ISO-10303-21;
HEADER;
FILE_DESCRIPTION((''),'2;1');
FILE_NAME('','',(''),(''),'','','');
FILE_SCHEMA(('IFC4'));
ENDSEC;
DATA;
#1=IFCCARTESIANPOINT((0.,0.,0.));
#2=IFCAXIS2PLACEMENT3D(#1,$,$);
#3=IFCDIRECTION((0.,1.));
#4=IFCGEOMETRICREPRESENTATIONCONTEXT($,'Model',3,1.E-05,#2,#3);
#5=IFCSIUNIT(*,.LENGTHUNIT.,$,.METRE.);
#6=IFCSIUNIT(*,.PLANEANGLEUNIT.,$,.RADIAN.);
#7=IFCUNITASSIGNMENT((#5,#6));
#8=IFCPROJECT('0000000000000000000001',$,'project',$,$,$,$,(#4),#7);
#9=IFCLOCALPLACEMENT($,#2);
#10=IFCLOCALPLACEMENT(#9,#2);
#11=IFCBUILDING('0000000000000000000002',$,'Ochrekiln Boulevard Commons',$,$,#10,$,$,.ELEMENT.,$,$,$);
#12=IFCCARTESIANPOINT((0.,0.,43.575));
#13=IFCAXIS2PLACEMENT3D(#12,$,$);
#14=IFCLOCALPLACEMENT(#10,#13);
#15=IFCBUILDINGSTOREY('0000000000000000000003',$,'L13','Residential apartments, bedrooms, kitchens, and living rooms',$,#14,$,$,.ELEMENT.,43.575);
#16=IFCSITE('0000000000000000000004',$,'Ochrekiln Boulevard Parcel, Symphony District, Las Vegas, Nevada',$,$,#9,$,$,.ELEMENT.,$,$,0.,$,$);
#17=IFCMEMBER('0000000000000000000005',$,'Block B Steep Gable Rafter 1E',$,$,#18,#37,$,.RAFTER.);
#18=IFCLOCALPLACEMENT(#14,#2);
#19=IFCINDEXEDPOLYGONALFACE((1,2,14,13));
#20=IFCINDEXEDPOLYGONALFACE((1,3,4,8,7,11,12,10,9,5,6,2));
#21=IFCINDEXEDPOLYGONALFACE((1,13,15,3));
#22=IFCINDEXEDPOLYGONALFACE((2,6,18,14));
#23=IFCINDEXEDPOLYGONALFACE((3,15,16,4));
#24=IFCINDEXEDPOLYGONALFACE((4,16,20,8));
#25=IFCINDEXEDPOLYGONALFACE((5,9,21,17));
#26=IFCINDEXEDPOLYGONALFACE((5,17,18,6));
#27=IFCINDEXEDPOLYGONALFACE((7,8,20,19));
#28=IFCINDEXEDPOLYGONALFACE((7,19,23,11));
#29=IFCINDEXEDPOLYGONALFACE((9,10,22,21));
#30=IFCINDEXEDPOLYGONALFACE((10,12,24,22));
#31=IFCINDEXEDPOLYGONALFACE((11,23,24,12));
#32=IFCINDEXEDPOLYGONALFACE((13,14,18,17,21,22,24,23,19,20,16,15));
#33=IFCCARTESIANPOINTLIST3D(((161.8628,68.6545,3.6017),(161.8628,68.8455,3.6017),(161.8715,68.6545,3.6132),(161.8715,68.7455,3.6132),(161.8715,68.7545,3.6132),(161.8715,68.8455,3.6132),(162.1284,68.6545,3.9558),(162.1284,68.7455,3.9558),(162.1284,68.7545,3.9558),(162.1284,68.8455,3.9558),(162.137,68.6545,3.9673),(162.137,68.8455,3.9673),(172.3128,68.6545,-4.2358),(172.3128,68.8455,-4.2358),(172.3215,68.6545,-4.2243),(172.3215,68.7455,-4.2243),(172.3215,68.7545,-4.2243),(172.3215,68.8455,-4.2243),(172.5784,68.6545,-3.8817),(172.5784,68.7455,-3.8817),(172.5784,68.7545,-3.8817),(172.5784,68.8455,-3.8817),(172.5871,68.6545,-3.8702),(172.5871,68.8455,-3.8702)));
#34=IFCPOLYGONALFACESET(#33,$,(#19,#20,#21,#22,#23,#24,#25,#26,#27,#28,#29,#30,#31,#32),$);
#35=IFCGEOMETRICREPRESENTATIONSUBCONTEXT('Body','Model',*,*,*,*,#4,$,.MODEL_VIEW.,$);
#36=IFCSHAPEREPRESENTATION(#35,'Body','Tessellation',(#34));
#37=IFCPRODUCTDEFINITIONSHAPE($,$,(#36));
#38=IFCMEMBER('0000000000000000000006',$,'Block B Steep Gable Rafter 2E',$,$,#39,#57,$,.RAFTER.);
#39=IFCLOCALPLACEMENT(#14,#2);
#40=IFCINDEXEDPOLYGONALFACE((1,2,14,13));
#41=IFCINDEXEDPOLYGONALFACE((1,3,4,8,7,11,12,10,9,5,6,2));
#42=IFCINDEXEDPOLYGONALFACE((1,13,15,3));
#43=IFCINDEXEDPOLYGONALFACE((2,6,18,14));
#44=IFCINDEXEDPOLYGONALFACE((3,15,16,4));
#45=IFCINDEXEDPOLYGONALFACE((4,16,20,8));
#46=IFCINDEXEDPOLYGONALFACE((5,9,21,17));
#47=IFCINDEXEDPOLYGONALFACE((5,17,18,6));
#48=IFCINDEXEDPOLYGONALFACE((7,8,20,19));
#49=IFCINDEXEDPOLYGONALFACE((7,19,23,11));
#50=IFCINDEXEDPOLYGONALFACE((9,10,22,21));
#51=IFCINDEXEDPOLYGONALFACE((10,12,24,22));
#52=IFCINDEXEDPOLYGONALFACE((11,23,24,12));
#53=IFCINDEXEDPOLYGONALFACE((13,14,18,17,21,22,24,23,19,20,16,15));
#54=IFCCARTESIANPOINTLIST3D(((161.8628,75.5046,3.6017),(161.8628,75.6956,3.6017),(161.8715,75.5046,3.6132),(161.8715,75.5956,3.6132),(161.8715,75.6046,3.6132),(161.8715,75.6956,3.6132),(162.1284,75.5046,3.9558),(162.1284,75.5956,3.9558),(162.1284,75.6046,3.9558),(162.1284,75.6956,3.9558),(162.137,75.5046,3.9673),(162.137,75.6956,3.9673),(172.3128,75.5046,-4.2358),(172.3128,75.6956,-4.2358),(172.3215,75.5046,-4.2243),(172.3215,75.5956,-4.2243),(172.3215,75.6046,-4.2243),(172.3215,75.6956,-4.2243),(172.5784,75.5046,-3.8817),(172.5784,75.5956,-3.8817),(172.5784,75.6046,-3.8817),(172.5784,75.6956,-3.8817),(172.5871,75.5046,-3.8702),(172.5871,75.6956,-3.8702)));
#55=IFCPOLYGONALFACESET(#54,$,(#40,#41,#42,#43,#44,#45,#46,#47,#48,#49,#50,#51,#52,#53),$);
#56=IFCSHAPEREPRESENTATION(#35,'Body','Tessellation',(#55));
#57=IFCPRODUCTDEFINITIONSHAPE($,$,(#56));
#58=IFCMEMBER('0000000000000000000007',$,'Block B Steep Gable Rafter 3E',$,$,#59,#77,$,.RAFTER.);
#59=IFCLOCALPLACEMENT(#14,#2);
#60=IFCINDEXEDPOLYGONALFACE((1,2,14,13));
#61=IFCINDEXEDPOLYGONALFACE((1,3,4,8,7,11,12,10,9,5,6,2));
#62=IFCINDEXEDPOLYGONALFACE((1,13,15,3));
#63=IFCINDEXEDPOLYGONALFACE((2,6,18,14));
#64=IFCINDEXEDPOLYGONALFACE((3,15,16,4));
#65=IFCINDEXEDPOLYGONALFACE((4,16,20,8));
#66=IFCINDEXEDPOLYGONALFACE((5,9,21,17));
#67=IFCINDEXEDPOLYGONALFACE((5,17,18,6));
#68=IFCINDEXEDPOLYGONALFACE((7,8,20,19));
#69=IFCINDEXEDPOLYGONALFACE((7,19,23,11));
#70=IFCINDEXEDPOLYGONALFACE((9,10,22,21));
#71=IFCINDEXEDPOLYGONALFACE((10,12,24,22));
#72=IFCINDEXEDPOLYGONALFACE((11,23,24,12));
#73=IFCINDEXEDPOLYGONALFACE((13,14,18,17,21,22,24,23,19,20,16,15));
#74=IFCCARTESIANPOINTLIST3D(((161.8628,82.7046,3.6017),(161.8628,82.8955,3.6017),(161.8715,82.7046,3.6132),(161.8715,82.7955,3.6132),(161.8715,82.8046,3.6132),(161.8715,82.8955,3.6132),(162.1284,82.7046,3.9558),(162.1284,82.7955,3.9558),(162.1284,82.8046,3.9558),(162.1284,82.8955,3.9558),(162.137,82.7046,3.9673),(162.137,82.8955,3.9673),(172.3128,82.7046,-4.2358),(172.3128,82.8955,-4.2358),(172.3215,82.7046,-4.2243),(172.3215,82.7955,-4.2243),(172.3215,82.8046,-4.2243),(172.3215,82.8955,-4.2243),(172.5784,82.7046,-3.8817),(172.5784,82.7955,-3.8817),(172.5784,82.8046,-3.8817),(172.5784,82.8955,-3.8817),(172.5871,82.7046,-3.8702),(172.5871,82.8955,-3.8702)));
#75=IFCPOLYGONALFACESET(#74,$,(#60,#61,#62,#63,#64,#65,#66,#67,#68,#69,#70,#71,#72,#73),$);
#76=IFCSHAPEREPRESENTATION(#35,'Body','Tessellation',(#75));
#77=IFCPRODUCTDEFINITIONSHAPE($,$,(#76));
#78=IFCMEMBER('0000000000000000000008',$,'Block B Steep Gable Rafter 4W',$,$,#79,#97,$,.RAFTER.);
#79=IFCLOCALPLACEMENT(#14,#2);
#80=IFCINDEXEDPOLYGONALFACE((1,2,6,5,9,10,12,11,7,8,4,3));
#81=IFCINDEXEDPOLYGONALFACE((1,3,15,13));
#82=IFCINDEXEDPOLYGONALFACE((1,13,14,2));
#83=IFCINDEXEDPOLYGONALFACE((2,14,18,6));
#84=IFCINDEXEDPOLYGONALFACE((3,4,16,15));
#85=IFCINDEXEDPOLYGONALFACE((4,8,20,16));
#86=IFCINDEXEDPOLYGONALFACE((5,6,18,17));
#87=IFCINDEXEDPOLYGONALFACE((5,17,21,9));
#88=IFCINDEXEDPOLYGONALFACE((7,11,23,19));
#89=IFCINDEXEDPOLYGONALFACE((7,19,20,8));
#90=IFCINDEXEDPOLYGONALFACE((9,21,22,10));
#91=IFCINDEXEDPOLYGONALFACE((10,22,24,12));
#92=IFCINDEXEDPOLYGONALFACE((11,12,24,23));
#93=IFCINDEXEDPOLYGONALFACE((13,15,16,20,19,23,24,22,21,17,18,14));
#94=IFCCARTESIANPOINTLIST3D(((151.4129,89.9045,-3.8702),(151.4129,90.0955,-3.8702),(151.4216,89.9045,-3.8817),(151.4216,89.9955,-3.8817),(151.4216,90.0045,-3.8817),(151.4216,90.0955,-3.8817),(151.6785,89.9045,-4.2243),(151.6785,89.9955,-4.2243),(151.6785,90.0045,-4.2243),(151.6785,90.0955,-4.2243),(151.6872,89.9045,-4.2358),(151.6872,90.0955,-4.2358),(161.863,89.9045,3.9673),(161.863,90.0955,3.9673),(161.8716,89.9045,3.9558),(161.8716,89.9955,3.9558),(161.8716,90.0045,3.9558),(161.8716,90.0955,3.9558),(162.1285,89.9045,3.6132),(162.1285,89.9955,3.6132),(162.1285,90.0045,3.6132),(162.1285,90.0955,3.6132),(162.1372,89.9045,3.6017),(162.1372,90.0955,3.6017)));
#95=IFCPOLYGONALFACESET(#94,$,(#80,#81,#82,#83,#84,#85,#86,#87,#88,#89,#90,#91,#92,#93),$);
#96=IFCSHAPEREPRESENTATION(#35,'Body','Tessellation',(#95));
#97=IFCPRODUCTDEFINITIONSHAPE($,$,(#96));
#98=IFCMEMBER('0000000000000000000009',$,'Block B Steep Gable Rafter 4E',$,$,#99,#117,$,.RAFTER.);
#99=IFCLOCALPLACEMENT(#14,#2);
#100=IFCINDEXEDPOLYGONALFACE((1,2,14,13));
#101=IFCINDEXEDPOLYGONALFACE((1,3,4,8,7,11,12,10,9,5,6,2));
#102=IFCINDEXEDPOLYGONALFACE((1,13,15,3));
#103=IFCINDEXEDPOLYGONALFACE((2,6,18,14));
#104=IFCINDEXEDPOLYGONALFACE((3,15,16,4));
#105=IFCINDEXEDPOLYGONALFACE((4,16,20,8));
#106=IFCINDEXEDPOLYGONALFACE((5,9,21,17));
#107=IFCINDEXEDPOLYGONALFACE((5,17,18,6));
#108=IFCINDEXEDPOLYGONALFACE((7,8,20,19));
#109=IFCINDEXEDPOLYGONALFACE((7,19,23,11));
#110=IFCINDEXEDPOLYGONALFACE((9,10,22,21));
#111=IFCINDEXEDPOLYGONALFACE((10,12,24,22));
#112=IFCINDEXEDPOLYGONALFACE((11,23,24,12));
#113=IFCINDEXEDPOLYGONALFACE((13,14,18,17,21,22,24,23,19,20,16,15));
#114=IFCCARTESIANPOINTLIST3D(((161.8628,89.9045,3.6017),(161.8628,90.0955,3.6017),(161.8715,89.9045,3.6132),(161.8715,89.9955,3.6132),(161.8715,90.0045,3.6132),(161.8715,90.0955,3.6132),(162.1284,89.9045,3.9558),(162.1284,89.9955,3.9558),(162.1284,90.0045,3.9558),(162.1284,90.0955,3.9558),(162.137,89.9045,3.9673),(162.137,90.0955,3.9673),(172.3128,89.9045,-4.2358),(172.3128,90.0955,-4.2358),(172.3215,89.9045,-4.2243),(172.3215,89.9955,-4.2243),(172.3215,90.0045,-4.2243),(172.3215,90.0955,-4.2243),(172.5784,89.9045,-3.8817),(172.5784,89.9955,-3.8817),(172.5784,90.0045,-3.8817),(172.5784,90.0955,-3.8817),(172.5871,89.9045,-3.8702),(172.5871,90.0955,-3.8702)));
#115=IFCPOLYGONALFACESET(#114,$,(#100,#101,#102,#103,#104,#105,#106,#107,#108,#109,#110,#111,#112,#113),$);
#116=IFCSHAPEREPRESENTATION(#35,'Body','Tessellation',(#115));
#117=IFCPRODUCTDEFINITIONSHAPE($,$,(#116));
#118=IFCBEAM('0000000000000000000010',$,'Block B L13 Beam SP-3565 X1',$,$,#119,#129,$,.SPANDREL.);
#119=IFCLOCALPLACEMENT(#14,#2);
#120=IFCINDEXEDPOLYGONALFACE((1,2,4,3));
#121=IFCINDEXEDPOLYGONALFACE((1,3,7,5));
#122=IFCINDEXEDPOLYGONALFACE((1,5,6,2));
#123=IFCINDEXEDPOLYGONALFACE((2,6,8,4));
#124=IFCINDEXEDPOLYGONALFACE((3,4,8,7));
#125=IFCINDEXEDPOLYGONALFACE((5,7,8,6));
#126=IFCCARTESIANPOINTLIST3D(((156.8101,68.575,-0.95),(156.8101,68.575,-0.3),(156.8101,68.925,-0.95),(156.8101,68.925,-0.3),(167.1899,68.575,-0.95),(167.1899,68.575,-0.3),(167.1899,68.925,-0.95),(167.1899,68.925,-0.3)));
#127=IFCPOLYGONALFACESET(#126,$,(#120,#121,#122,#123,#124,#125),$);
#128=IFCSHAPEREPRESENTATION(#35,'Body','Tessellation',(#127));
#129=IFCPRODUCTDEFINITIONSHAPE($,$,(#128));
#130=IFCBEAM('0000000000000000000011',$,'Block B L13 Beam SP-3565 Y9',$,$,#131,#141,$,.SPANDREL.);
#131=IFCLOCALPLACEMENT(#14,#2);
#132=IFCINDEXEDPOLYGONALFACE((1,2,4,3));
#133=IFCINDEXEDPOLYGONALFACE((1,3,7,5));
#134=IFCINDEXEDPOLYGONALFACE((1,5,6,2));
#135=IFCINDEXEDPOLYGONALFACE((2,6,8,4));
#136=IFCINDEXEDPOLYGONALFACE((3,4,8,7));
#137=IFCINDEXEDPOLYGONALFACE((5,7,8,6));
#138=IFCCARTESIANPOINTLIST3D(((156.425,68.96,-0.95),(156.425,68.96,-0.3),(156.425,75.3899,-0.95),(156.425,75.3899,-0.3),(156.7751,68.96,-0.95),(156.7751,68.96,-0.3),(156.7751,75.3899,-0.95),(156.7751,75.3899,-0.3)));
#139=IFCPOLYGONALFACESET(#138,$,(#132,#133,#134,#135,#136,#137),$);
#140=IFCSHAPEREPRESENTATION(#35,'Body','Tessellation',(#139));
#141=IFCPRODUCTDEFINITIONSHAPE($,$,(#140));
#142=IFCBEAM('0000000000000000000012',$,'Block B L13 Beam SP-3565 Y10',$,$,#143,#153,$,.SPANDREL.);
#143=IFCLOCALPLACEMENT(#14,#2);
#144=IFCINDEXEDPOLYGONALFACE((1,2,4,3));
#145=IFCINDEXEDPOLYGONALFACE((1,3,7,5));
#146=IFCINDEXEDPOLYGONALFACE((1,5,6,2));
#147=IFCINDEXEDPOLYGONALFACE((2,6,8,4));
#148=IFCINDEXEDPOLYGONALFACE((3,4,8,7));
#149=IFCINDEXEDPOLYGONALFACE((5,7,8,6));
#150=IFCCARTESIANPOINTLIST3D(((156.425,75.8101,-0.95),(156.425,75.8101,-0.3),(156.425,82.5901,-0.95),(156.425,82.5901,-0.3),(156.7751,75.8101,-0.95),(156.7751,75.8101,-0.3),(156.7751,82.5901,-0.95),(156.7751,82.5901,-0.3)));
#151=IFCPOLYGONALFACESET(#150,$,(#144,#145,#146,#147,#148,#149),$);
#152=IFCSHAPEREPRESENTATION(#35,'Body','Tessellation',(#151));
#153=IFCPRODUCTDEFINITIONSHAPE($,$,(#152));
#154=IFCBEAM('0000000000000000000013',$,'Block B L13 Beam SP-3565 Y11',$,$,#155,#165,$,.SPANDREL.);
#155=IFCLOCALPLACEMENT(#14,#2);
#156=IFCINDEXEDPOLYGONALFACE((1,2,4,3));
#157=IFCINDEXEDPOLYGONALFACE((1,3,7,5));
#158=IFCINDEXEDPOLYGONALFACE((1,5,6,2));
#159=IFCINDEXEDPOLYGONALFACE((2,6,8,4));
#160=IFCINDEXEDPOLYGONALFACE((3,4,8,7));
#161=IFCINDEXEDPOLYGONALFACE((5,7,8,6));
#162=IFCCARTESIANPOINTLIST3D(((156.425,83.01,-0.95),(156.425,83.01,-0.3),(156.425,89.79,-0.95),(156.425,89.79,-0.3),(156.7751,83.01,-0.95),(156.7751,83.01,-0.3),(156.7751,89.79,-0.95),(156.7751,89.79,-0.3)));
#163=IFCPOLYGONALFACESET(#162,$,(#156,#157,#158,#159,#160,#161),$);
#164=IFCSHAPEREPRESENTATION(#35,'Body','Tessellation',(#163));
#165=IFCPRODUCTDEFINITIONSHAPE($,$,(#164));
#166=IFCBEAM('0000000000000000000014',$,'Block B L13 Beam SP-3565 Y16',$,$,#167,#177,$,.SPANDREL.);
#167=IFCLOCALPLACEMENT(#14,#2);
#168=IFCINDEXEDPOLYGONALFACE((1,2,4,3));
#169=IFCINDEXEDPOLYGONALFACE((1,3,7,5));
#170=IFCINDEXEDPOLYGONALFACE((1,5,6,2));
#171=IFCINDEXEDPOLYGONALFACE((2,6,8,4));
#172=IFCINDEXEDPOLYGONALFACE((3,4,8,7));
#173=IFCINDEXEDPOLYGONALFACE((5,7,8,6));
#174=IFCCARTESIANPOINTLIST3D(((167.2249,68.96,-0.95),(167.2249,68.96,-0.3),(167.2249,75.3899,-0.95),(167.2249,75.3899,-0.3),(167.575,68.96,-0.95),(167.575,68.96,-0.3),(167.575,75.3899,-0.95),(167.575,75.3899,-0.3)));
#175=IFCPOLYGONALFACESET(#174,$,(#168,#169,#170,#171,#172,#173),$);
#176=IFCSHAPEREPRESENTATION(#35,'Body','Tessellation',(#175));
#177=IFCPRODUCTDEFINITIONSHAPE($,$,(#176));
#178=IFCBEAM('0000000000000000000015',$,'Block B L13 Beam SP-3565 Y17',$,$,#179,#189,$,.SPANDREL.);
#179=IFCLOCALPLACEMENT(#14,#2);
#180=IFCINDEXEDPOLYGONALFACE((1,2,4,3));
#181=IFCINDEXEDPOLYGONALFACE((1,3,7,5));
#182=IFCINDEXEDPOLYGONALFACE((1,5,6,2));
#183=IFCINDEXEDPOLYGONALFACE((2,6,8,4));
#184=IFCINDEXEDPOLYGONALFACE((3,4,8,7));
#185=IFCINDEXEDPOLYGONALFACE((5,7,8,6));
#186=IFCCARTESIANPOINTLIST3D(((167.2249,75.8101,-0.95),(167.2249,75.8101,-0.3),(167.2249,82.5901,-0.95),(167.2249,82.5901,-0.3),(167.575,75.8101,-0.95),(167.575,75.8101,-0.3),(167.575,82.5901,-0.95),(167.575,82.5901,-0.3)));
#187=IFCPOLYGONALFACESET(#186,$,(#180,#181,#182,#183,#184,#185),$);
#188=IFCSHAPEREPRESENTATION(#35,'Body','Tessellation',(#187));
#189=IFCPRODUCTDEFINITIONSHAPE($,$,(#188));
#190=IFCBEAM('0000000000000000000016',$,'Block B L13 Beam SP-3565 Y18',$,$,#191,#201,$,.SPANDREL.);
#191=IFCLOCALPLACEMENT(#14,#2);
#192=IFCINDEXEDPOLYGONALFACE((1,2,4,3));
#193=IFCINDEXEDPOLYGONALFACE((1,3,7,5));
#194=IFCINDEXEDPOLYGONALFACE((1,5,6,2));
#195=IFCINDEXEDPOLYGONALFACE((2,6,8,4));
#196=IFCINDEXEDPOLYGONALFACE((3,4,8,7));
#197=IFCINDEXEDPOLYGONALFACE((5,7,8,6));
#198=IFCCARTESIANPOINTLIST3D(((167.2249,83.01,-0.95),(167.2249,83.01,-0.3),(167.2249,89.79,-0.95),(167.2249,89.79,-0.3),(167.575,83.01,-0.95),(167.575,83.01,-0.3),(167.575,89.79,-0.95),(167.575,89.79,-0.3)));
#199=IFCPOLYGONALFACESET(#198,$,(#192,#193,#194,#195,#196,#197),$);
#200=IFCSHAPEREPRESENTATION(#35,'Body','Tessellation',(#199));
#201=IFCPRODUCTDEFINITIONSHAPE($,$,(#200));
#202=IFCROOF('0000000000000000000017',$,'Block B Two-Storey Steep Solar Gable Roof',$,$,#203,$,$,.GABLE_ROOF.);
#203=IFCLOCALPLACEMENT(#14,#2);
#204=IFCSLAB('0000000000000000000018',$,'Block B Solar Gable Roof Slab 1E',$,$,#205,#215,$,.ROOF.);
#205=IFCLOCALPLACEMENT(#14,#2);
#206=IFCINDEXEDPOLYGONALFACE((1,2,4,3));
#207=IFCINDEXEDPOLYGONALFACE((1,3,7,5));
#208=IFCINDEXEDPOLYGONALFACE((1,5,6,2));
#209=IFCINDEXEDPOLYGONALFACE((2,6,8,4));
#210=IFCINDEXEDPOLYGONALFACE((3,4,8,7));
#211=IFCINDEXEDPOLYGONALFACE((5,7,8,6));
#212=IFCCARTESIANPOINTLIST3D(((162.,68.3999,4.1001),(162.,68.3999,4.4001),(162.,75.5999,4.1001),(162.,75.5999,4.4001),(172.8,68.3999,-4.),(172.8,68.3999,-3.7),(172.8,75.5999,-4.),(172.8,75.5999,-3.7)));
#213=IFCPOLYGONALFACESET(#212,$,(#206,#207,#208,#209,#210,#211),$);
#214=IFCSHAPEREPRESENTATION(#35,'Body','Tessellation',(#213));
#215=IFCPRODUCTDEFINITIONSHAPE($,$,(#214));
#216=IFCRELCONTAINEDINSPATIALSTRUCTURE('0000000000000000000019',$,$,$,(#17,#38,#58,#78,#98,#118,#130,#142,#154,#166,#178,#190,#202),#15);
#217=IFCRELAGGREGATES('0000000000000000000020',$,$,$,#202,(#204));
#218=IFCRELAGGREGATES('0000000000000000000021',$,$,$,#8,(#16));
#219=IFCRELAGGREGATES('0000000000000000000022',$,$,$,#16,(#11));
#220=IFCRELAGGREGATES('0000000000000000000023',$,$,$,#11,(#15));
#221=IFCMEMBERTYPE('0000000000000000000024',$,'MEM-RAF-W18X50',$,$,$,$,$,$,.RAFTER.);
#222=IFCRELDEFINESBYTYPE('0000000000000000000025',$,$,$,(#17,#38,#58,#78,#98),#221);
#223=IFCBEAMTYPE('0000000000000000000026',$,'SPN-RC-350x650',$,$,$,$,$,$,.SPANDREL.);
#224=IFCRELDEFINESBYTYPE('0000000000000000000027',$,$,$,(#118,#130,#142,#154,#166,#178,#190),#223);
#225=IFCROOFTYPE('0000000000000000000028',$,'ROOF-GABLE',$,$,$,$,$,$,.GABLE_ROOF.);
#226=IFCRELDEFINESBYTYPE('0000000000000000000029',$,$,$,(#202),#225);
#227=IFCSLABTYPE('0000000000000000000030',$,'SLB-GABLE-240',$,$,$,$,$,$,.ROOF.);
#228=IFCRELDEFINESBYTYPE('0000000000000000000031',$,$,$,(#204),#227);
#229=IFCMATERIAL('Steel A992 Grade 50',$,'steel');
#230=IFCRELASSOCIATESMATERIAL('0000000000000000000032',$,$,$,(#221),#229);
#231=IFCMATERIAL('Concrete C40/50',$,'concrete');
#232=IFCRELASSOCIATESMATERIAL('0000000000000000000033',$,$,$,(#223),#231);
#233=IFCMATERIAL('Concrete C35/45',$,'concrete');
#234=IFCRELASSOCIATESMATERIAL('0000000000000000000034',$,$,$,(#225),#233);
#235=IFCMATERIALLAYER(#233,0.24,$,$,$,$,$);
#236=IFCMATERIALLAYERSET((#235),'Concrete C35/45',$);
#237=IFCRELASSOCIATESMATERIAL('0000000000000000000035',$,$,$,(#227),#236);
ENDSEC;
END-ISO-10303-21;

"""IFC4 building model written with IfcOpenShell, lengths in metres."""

from ifc_helpers import new_model, si_unit, direction, frame, origin, origin_2d, place, context, subcontext, project, spatial, polyline, rectangle, i_section, outline, extrude, material, layer, layer_set, material_profile, profile_set, type_object, element, aggregate, save


model = new_model("IFC4")

# Units and contexts
model_context = context("Model", 3, precision=1e-05, world=origin(), true_north=direction((0.0, 1.0)))
body_context = subcontext(model_context, "Body", "Model", "MODEL_VIEW")
ifc_project = project(units=[si_unit("LENGTHUNIT", "METRE"), si_unit("PLANEANGLEUNIT", "RADIAN")], contexts=[model_context])

# Site, building, storey
site_placement = place(None, origin())
site = spatial("IfcSite", under=ifc_project, at=site_placement, Name="Ochrekiln Boulevard Parcel, Symphony District, Las Vegas, Nevada", CompositionType="ELEMENT", RefElevation=0.0)
building_placement = place(site_placement, origin())
building = spatial("IfcBuilding", under=site, at=building_placement, Name="Ochrekiln Boulevard Commons", CompositionType="ELEMENT")
storey_placement = place(building_placement, frame((0.0, 0.0, 43.575)))
storey = spatial("IfcBuildingStorey", under=building, at=storey_placement, Name="L13", Description="Residential apartments, bedrooms, kitchens, and living rooms", CompositionType="ELEMENT", Elevation=43.575)

# Shared definitions
ifc_material_1 = material(Name="Concrete C40/50", Category="concrete")

# Members
ifc_material_2 = material(Name="Steel A992 Grade 50", Category="steel")
ifc_material_profile_1 = material_profile(ifc_material_2, i_section(OverallWidth=0.1909, OverallDepth=0.457, WebThickness=0.009, FlangeThickness=0.0144, at=origin_2d()), Name="W18X50")
ifc_profile_set_1 = profile_set([ifc_material_profile_1], Name="Steel A992 Grade 50")
member_type_1 = type_object("IfcMemberType", Name="MEM-RAF-W18X50", PredefinedType="RAFTER", material=ifc_profile_set_1)
for number, where, z_axis, x_axis, name in (
    (1, (172.45, 68.75, -4.053), (-0.800002, 0.0, 0.599997), (0.0, -1.0, 0.0), "Block B Steep Gable Rafter 1E"),
    (2, (172.45, 75.6001, -4.053), (-0.800002, 0.0, 0.599997), (0.0, -1.0, 0.0), "Block B Steep Gable Rafter 2E"),
    (3, (172.45, 82.8, -4.053), (-0.800002, 0.0, 0.599997), (0.0, -1.0, 0.0), "Block B Steep Gable Rafter 3E"),
    (4, (151.55, 90.0, -4.053), (0.800002, 0.0, 0.599997), (0.0, 1.0, 0.0), "Block B Steep Gable Rafter 4W"),
    (5, (172.45, 90.0, -4.053), (-0.800002, 0.0, 0.599997), (0.0, -1.0, 0.0), "Block B Steep Gable Rafter 4E"),
):
    element("IfcMember", number, at=place(storey_placement, frame(where, z_axis=z_axis, x_axis=x_axis)), inside=storey, type_object=member_type_1, Name=name, PredefinedType="RAFTER", context=body_context, shape_type="SweptSolid", body=[
        extrude(i_section(OverallWidth=0.1909, OverallDepth=0.457, WebThickness=0.009, FlangeThickness=0.0144, at=origin_2d()), origin(), (0.0, 0.0, 1.0), 13.0625),
    ])

# Beams
ifc_material_profile_2 = material_profile(ifc_material_1, rectangle(XDim=0.3501, YDim=0.6499, at=origin_2d()), Name="RC-SPN-350x650")
ifc_profile_set_2 = profile_set([ifc_material_profile_2], Name="Concrete C40/50")
beam_type_1 = type_object("IfcBeamType", Name="SPN-RC-350x650", PredefinedType="SPANDREL", material=ifc_profile_set_2)
beam_1_placement = place(storey_placement, frame((156.8101, 68.75, -0.625), z_axis=(1.0, 0.0, 0.0), x_axis=(0.0, 1.0, 0.0)))
element("IfcBeam", 6, at=beam_1_placement, inside=storey, type_object=beam_type_1, Name="Block B L13 Beam SP-3565 X1", PredefinedType="SPANDREL", context=body_context, shape_type="SweptSolid", body=[
    extrude(rectangle(XDim=0.3501, YDim=0.6499, at=origin_2d()), origin(), (0.0, 0.0, 1.0), 10.3799),
])
beam_2_placement = place(storey_placement, frame((156.6001, 68.96, -0.625), z_axis=(0.0, 1.0, 0.0), x_axis=(-1.0, 0.0, 0.0)))
element("IfcBeam", 7, at=beam_2_placement, inside=storey, type_object=beam_type_1, Name="Block B L13 Beam SP-3565 Y9", PredefinedType="SPANDREL", context=body_context, shape_type="SweptSolid", body=[
    extrude(rectangle(XDim=0.3501, YDim=0.6499, at=origin_2d()), origin(), (0.0, 0.0, 1.0), 6.4299),
])
for number, where, z_axis, x_axis, name in (
    (8, (156.6001, 75.8101, -0.625), (0.0, 1.0, 0.0), (-1.0, 0.0, 0.0), "Block B L13 Beam SP-3565 Y10"),
    (9, (156.6001, 83.01, -0.625), (0.0, 1.0, 0.0), (-1.0, 0.0, 0.0), "Block B L13 Beam SP-3565 Y11"),
):
    element("IfcBeam", number, at=place(storey_placement, frame(where, z_axis=z_axis, x_axis=x_axis)), inside=storey, type_object=beam_type_1, Name=name, PredefinedType="SPANDREL", context=body_context, shape_type="SweptSolid", body=[
        extrude(rectangle(XDim=0.3501, YDim=0.6499, at=origin_2d()), origin(), (0.0, 0.0, 1.0), 6.78),
    ])
beam_3_placement = place(storey_placement, frame((167.3999, 68.96, -0.625), z_axis=(0.0, 1.0, 0.0), x_axis=(-1.0, 0.0, 0.0)))
element("IfcBeam", 10, at=beam_3_placement, inside=storey, type_object=beam_type_1, Name="Block B L13 Beam SP-3565 Y16", PredefinedType="SPANDREL", context=body_context, shape_type="SweptSolid", body=[
    extrude(rectangle(XDim=0.3501, YDim=0.6499, at=origin_2d()), origin(), (0.0, 0.0, 1.0), 6.4299),
])
for number, where, z_axis, x_axis, name in (
    (11, (167.3999, 75.8101, -0.625), (0.0, 1.0, 0.0), (-1.0, 0.0, 0.0), "Block B L13 Beam SP-3565 Y17"),
    (12, (167.3999, 83.01, -0.625), (0.0, 1.0, 0.0), (-1.0, 0.0, 0.0), "Block B L13 Beam SP-3565 Y18"),
):
    element("IfcBeam", number, at=place(storey_placement, frame(where, z_axis=z_axis, x_axis=x_axis)), inside=storey, type_object=beam_type_1, Name=name, PredefinedType="SPANDREL", context=body_context, shape_type="SweptSolid", body=[
        extrude(rectangle(XDim=0.3501, YDim=0.6499, at=origin_2d()), origin(), (0.0, 0.0, 1.0), 6.78),
    ])

# Roof, slab
ifc_material_3 = material(Name="Concrete C35/45", Category="concrete")
roof_type = type_object("IfcRoofType", Name="ROOF-GABLE", PredefinedType="GABLE_ROOF", material=ifc_material_3)
roof_placement = place(storey_placement, origin())
roof = element("IfcRoof", 13, at=roof_placement, inside=storey, type_object=roof_type, Name="Block B Two-Storey Steep Solar Gable Roof", PredefinedType="GABLE_ROOF")
ifc_layer_1 = layer(ifc_material_3, 0.24)
ifc_layer_set_1 = layer_set([ifc_layer_1], Name="Concrete C35/45")
slab_type = type_object("IfcSlabType", Name="SLB-GABLE-240", PredefinedType="ROOF", material=ifc_layer_set_1)
slab_1_placement = place(storey_placement, frame((172.8, 68.3999, -3.7), z_axis=(0.0, 1.0, 0.0), x_axis=(-1.0, 0.0, 0.0)))
slab_1 = element("IfcSlab", 14, at=slab_1_placement, type_object=slab_type, Name="Block B Solar Gable Roof Slab 1E", PredefinedType="ROOF", context=body_context, shape_type="SweptSolid", body=[
    extrude(outline(polyline([(0.0, 0.0), (10.8, 8.1001), (10.8, 7.8), (0.0, -0.3), (0.0, 0.0)])), origin(), (0.0, 0.0, 1.0), 7.2),
])
aggregate(roof, [slab_1])

save(model, "model.ifc")
